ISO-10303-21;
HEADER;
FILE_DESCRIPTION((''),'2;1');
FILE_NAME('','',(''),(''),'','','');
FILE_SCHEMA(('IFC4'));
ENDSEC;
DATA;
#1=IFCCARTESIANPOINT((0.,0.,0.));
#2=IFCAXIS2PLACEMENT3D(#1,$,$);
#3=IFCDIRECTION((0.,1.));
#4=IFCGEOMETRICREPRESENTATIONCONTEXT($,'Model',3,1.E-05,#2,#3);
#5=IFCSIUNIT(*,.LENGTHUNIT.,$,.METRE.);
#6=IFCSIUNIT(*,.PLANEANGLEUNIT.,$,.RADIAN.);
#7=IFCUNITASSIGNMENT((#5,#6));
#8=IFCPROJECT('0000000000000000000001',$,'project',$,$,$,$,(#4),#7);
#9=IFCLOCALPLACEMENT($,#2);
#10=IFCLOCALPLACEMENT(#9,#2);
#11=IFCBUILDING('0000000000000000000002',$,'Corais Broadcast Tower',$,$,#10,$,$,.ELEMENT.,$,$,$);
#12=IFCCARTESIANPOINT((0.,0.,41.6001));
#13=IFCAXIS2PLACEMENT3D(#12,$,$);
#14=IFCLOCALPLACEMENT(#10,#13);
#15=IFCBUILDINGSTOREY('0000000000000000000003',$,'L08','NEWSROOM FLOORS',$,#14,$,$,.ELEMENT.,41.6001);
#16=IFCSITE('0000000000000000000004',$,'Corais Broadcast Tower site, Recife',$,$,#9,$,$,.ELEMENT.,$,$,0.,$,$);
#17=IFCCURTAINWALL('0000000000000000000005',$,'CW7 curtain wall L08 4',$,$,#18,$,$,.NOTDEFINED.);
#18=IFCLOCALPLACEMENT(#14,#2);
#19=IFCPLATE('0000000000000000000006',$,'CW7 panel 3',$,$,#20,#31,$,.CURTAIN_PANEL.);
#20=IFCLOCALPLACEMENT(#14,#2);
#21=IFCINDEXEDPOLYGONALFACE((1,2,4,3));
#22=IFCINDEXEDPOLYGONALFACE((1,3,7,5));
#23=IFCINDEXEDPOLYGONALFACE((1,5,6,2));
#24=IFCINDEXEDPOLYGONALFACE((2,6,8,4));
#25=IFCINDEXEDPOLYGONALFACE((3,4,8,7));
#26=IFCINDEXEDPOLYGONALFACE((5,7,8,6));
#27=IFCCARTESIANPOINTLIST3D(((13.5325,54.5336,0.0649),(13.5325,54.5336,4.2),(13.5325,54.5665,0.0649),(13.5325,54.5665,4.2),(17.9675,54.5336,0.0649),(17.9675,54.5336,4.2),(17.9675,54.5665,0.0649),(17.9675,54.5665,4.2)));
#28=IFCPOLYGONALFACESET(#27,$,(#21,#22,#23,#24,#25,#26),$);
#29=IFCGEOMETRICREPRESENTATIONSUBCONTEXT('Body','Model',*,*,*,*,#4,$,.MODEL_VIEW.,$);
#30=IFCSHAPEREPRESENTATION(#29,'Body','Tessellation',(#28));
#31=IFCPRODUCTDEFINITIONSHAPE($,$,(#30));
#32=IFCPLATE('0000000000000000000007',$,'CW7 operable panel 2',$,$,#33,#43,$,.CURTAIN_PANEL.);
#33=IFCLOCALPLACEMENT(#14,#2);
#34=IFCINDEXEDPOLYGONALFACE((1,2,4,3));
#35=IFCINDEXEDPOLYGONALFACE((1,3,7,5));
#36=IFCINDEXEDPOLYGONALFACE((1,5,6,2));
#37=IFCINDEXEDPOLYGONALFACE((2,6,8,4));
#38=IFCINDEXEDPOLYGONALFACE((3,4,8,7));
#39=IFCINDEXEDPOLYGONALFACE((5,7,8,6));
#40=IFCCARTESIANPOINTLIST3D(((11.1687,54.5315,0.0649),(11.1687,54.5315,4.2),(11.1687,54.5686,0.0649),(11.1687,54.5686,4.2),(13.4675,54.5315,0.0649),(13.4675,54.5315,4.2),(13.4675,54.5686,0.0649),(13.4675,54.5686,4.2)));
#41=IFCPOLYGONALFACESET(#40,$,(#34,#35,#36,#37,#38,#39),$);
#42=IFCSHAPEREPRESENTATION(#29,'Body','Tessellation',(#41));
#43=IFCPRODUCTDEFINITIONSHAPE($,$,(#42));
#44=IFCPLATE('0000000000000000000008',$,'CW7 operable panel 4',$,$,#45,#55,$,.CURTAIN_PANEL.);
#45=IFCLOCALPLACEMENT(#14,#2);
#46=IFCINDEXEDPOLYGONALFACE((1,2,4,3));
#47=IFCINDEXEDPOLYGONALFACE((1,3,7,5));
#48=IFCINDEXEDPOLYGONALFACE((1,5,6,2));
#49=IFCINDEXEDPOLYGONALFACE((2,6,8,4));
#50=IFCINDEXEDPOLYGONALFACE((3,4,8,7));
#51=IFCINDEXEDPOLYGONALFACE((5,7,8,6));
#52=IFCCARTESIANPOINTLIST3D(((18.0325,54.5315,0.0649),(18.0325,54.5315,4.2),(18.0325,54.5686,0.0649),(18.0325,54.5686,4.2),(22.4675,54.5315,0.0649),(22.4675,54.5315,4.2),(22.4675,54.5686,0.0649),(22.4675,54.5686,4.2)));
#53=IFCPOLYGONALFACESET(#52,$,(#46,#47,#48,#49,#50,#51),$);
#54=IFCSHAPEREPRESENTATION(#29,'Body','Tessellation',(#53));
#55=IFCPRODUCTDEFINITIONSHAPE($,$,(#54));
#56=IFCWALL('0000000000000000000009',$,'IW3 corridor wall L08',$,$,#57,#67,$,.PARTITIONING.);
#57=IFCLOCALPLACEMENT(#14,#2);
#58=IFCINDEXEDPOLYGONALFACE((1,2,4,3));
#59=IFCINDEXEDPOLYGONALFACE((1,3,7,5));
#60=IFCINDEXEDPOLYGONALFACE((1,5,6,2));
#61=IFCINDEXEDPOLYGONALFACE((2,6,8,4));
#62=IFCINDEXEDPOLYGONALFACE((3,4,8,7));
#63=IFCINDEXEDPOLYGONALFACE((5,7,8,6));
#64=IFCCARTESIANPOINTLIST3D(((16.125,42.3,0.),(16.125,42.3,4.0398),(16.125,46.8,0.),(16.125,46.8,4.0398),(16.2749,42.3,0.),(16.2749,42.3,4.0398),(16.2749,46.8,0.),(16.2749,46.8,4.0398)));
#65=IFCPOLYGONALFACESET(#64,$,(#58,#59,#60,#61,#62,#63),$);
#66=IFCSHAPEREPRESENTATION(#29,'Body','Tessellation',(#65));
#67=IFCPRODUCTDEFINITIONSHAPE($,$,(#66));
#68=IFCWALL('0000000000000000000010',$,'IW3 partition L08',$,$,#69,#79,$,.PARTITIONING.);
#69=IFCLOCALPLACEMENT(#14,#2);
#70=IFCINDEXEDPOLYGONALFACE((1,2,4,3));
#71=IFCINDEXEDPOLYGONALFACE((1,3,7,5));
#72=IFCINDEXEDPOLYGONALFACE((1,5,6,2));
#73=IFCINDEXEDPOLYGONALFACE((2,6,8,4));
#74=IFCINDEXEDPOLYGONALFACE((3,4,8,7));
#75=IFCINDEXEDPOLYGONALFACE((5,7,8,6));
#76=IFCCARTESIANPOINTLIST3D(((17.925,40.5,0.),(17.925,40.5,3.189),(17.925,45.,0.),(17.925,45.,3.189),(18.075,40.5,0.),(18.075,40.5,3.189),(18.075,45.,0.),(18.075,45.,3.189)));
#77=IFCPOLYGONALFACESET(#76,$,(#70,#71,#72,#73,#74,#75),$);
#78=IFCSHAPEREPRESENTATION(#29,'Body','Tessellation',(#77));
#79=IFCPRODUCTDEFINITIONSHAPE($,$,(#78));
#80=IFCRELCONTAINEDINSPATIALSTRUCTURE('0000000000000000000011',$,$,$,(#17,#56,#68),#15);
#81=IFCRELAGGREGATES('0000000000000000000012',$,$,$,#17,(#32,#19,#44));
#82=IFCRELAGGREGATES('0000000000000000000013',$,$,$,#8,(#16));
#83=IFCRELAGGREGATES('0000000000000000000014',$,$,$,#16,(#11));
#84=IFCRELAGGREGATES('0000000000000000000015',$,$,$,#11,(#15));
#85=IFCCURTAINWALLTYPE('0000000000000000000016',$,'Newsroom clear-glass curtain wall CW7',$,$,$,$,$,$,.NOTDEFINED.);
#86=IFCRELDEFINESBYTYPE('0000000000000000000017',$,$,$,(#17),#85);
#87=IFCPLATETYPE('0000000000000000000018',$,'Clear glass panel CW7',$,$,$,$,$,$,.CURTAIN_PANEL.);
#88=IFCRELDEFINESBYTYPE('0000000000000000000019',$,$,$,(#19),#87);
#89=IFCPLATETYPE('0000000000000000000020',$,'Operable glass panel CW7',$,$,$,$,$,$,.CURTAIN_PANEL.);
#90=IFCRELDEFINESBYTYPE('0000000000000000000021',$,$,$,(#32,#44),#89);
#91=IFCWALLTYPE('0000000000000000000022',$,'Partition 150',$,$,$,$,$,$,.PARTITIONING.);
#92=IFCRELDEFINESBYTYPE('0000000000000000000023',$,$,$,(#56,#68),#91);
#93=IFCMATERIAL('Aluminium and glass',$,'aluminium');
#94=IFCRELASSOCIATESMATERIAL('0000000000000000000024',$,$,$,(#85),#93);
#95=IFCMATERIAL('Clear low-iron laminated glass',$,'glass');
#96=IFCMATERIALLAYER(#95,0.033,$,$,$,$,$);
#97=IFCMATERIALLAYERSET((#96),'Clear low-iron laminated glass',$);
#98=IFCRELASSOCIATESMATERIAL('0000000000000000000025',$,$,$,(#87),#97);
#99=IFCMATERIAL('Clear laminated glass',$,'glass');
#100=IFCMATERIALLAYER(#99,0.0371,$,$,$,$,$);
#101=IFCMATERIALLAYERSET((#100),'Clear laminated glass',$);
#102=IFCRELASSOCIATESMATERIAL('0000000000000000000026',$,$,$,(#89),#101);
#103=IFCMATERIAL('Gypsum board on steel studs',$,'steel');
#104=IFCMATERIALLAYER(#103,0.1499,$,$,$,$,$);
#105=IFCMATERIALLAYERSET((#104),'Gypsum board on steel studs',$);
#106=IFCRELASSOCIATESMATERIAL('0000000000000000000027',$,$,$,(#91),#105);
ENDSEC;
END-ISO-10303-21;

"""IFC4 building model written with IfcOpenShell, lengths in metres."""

from ifc_helpers import new_model, si_unit, direction, frame, frame_2d, origin, origin_2d, place, context, subcontext, project, spatial, rectangle, extrude, material, layer, layer_set, type_object, element, aggregate, save


model = new_model("IFC4")

# Units and contexts
model_context = context("Model", 3, precision=1e-05, world=origin(), true_north=direction((0.0, 1.0)))
body_context = subcontext(model_context, "Body", "Model", "MODEL_VIEW")
ifc_project = project(units=[si_unit("LENGTHUNIT", "METRE"), si_unit("PLANEANGLEUNIT", "RADIAN")], contexts=[model_context])

# Site, building, storey
site_placement = place(None, origin())
site = spatial("IfcSite", under=ifc_project, at=site_placement, Name="Corais Broadcast Tower site, Recife", CompositionType="ELEMENT", RefElevation=0.0)
building_placement = place(site_placement, origin())
building = spatial("IfcBuilding", under=site, at=building_placement, Name="Corais Broadcast Tower", CompositionType="ELEMENT")
storey_placement = place(building_placement, frame((0.0, 0.0, 41.6001)))
storey = spatial("IfcBuildingStorey", under=building, at=storey_placement, Name="L08", Description="NEWSROOM FLOORS", CompositionType="ELEMENT", Elevation=41.6001)

# Curtain wall
ifc_material_1 = material(Name="Aluminium and glass", Category="aluminium")
curtain_wall_type = type_object("IfcCurtainWallType", Name="Newsroom clear-glass curtain wall CW7", PredefinedType="NOTDEFINED", material=ifc_material_1)
curtain_wall_placement = place(storey_placement, origin())
curtain_wall = element("IfcCurtainWall", 1, at=curtain_wall_placement, inside=storey, type_object=curtain_wall_type, Name="CW7 curtain wall L08 4", PredefinedType="NOTDEFINED")

# Plates
ifc_material_2 = material(Name="Clear low-iron laminated glass", Category="glass")
ifc_layer_1 = layer(ifc_material_2, 0.033)
ifc_layer_set_1 = layer_set([ifc_layer_1], Name="Clear low-iron laminated glass")
plate_type_1 = type_object("IfcPlateType", Name="Clear glass panel CW7", PredefinedType="CURTAIN_PANEL", material=ifc_layer_set_1)
plate_1_placement = place(storey_placement, frame((15.75, 54.55, 0.0649), z_axis=(0.0, 0.0, 1.0), x_axis=(1.0, 0.0, 0.0)))
plate_1 = element("IfcPlate", 2, at=plate_1_placement, type_object=plate_type_1, Name="CW7 panel 3", PredefinedType="CURTAIN_PANEL", context=body_context, shape_type="SweptSolid", body=[
    extrude(rectangle(XDim=4.4351, YDim=0.033, at=origin_2d()), origin(), (0.0, 0.0, 1.0), 4.135),
])
ifc_material_3 = material(Name="Clear laminated glass", Category="glass")
ifc_layer_2 = layer(ifc_material_3, 0.0371)
ifc_layer_set_2 = layer_set([ifc_layer_2], Name="Clear laminated glass")
plate_type_2 = type_object("IfcPlateType", Name="Operable glass panel CW7", PredefinedType="CURTAIN_PANEL", material=ifc_layer_set_2)
plate_2_placement = place(storey_placement, frame((12.3181, 54.55, 0.0649), z_axis=(0.0, 0.0, 1.0), x_axis=(1.0, 0.0, 0.0)))
plate_2 = element("IfcPlate", 3, at=plate_2_placement, type_object=plate_type_2, Name="CW7 operable panel 2", PredefinedType="CURTAIN_PANEL", context=body_context, shape_type="SweptSolid", body=[
    extrude(rectangle(XDim=2.2988, YDim=0.0371, at=origin_2d()), origin(), (0.0, 0.0, 1.0), 4.135),
])
plate_3_placement = place(storey_placement, frame((20.25, 54.55, 0.0649), z_axis=(0.0, 0.0, 1.0), x_axis=(1.0, 0.0, 0.0)))
plate_3 = element("IfcPlate", 4, at=plate_3_placement, type_object=plate_type_2, Name="CW7 operable panel 4", PredefinedType="CURTAIN_PANEL", context=body_context, shape_type="SweptSolid", body=[
    extrude(rectangle(XDim=4.4351, YDim=0.0371, at=origin_2d()), origin(), (0.0, 0.0, 1.0), 4.135),
])
aggregate(curtain_wall, [plate_2, plate_1, plate_3])

# Walls
ifc_material_4 = material(Name="Gypsum board on steel studs", Category="steel")
ifc_layer_3 = layer(ifc_material_4, 0.1499)
ifc_layer_set_3 = layer_set([ifc_layer_3], Name="Gypsum board on steel studs")
wall_type = type_object("IfcWallType", Name="Partition 150", PredefinedType="PARTITIONING", material=ifc_layer_set_3)
wall_1_placement = place(storey_placement, frame((16.2, 46.8, 0.0), z_axis=(0.0, 0.0, 1.0), x_axis=(0.0, -1.0, 0.0)))
element("IfcWall", 5, at=wall_1_placement, inside=storey, type_object=wall_type, Name="IW3 corridor wall L08", PredefinedType="PARTITIONING", context=body_context, shape_type="SweptSolid", body=[
    extrude(rectangle(XDim=4.5, YDim=0.1499, at=frame_2d((2.25, 0.0))), origin(), (0.0, 0.0, 1.0), 4.0398),
])
wall_2_placement = place(storey_placement, frame((18.0, 45.0, 0.0), z_axis=(0.0, 0.0, 1.0), x_axis=(0.0, -1.0, 0.0)))
element("IfcWall", 6, at=wall_2_placement, inside=storey, type_object=wall_type, Name="IW3 partition L08", PredefinedType="PARTITIONING", context=body_context, shape_type="SweptSolid", body=[
    extrude(rectangle(XDim=4.5, YDim=0.1499, at=frame_2d((2.25, 0.0))), origin(), (0.0, 0.0, 1.0), 3.189),
])

save(model, "model.ifc")
